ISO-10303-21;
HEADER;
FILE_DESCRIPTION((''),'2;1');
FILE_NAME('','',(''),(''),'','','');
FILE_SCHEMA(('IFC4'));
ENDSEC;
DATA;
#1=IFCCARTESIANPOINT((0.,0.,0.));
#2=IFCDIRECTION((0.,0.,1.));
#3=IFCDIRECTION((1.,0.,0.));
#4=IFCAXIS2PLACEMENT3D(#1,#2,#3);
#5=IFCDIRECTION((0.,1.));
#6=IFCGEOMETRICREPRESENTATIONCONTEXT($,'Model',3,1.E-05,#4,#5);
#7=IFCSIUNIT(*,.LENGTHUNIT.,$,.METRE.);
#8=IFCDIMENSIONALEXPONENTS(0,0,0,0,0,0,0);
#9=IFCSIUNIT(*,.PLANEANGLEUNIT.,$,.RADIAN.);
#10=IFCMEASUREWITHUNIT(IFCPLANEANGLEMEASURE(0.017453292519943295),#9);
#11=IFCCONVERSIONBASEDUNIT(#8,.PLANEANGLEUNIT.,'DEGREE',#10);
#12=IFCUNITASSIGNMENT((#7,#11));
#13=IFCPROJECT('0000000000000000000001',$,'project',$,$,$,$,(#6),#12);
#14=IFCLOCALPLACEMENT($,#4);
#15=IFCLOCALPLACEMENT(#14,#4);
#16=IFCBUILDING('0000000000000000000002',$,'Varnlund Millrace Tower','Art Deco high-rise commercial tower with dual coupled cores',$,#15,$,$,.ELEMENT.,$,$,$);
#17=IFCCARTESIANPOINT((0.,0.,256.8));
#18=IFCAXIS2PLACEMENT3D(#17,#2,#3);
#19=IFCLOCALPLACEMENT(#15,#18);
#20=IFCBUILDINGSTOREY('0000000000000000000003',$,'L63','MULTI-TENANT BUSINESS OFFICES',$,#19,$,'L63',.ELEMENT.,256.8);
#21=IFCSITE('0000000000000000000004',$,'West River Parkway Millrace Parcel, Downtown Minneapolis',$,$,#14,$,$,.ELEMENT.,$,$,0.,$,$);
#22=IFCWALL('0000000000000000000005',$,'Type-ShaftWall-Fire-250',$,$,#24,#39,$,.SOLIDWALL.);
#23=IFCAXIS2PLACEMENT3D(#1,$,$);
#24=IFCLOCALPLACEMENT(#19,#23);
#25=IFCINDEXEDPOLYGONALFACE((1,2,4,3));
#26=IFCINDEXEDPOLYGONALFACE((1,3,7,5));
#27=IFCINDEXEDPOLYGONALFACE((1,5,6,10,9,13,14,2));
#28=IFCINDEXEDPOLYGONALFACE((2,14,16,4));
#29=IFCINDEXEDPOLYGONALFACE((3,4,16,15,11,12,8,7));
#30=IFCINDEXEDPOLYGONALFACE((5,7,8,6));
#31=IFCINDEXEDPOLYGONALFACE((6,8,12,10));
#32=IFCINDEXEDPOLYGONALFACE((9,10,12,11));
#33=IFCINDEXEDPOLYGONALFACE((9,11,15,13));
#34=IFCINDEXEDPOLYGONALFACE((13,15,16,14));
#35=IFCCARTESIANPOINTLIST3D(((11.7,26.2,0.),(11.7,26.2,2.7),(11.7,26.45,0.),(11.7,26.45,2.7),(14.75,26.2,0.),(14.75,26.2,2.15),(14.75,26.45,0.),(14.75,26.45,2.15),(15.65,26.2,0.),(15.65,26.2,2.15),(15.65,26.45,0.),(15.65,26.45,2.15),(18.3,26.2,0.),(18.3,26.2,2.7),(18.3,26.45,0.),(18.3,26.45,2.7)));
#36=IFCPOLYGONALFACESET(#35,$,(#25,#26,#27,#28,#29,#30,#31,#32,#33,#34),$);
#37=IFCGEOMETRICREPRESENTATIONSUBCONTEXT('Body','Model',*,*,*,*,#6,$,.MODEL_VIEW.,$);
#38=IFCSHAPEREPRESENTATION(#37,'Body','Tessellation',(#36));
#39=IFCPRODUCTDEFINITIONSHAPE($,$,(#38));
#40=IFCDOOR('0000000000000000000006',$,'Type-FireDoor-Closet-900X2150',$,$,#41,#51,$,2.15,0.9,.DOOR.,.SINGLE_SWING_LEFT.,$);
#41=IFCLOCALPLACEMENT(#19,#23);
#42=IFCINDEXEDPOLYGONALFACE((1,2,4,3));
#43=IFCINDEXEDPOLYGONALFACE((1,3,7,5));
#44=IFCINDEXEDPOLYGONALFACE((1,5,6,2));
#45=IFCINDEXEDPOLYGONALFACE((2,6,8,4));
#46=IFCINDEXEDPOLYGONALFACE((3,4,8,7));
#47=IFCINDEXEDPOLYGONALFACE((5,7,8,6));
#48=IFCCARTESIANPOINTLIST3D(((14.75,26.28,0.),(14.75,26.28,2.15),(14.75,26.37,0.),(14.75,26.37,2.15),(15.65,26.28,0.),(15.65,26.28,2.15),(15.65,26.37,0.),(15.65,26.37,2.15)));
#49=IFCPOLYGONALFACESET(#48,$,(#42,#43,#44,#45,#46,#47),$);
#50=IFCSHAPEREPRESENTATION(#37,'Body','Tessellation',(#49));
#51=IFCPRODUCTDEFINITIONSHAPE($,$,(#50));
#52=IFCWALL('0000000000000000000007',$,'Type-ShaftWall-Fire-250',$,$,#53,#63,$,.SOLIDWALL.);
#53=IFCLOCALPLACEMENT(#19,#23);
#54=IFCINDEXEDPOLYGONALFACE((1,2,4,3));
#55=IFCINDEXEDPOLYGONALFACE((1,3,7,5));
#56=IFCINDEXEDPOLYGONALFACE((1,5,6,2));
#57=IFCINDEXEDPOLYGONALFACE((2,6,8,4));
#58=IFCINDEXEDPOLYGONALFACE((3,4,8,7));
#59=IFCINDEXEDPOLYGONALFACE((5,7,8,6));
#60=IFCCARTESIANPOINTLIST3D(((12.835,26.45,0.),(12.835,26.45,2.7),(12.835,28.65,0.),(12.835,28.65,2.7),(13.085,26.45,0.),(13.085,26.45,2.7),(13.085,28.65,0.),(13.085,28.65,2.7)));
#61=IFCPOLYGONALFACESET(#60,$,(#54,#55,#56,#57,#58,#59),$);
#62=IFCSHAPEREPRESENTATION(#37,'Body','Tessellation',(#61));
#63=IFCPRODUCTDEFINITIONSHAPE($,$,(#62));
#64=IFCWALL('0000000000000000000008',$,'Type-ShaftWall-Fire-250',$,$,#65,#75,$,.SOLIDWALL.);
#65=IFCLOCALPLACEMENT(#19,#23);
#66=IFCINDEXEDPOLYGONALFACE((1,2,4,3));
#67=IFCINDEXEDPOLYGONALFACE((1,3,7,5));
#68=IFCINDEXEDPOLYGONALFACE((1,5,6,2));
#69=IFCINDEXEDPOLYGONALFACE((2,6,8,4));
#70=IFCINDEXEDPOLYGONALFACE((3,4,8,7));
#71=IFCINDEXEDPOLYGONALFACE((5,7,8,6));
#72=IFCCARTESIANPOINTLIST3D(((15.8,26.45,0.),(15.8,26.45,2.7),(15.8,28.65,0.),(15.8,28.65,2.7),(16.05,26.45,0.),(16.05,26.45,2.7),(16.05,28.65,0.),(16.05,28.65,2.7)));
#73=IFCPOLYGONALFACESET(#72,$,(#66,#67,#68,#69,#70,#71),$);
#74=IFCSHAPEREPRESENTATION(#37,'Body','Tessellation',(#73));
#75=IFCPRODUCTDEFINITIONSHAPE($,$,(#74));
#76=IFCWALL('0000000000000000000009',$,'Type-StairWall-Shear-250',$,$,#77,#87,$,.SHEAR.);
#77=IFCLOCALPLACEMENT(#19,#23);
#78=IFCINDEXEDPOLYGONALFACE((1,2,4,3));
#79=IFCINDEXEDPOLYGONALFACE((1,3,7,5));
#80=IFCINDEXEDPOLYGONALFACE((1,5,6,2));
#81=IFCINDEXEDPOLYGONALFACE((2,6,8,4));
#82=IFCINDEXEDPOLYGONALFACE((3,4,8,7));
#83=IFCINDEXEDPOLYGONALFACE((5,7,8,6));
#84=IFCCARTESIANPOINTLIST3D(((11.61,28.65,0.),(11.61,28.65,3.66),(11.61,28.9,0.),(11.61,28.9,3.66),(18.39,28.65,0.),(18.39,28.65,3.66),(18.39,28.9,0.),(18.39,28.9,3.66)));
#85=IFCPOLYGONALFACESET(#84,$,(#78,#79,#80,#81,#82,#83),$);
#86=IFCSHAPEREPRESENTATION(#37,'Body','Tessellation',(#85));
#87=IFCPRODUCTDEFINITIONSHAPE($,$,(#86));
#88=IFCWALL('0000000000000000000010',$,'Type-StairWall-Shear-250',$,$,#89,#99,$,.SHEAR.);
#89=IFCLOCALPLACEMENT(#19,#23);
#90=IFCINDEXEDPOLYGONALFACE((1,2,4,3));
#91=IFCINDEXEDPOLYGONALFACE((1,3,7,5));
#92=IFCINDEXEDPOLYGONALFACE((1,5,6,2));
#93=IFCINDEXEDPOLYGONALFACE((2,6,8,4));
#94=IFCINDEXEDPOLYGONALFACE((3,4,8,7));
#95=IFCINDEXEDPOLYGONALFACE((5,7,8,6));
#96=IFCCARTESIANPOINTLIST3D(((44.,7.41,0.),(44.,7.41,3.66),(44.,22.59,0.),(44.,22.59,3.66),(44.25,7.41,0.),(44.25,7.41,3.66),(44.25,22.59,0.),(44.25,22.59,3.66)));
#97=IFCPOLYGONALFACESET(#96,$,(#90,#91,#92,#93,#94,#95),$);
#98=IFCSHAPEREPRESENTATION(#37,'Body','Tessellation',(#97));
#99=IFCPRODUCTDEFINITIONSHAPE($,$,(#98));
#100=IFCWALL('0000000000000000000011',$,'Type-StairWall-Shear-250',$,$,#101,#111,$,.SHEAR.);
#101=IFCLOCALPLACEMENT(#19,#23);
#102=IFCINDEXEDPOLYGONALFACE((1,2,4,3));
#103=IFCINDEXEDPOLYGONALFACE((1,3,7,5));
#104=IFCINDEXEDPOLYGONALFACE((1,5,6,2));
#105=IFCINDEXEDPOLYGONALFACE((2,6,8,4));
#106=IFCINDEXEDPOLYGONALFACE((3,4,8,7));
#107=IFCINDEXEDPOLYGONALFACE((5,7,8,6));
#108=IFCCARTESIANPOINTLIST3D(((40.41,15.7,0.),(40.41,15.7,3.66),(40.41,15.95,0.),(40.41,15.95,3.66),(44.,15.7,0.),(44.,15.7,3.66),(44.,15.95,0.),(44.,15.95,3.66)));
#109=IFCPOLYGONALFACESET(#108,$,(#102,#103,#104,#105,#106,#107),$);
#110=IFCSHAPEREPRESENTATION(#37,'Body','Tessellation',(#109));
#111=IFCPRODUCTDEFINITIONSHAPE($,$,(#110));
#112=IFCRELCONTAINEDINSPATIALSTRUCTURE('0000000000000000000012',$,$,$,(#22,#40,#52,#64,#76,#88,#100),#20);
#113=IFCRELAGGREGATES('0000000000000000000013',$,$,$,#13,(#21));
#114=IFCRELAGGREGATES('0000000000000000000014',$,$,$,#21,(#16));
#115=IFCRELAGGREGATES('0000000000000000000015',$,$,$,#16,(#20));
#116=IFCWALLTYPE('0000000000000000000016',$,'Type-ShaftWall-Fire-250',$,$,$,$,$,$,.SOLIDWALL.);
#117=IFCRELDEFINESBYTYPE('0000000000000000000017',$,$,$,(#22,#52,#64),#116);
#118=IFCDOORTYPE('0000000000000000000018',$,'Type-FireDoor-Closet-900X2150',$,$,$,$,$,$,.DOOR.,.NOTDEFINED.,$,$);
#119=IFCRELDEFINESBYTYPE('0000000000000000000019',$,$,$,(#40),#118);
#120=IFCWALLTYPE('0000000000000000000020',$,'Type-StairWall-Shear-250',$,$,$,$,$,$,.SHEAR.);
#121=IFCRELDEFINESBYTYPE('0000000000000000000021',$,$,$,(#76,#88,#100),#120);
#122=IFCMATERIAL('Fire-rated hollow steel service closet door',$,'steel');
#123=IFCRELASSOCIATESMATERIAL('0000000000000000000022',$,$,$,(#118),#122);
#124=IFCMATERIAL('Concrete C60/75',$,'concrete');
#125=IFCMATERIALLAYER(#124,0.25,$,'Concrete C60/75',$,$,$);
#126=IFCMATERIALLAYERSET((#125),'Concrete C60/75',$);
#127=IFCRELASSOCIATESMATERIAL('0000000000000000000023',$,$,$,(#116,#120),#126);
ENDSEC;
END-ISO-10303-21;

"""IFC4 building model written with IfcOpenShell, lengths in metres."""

from ifc_helpers import new_model, entity, si_unit, converted_unit, direction, frame, origin_with_axes, origin_2d_with_axis, place, context, subcontext, project, spatial, polyline, rectangle, outline, extrude, material, layer, layer_set, type_object, element, fill, save


model = new_model("IFC4")

# Units and contexts
model_context = context("Model", 3, precision=1e-05, world=origin_with_axes(), true_north=direction((0.0, 1.0)))
body_context = subcontext(model_context, "Body", "Model", "MODEL_VIEW")
ifc_project = project(units=[si_unit("LENGTHUNIT", "METRE"), converted_unit("PLANEANGLEUNIT", "DEGREE", entity("IfcPlaneAngleMeasure", 0.017453292519943295), si_unit("PLANEANGLEUNIT", "RADIAN"), dimensions=[0, 0, 0, 0, 0, 0, 0])], contexts=[model_context])

# Site, building, storey
site_placement = place(None, origin_with_axes())
site = spatial("IfcSite", under=ifc_project, at=site_placement, Name="West River Parkway Millrace Parcel, Downtown Minneapolis", CompositionType="ELEMENT", RefElevation=0.0)
building_placement = place(site_placement, origin_with_axes())
building = spatial("IfcBuilding", under=site, at=building_placement, Name="Varnlund Millrace Tower", Description="Art Deco high-rise commercial tower with dual coupled cores", CompositionType="ELEMENT")
storey_placement = place(building_placement, frame((0.0, 0.0, 256.8), z_axis=(0.0, 0.0, 1.0), x_axis=(1.0, 0.0, 0.0)))
storey = spatial("IfcBuildingStorey", under=building, at=storey_placement, Name="L63", Description="MULTI-TENANT BUSINESS OFFICES", LongName="L63", CompositionType="ELEMENT", Elevation=256.8)

# Shared definitions
ifc_material_1 = material(Name="Concrete C60/75", Category="concrete")
ifc_material_2 = material(Name="Fire-rated hollow steel service closet door", Category="steel")
door_type_1 = type_object("IfcDoorType", Name="Type-FireDoor-Closet-900X2150", OperationType="NOTDEFINED", PredefinedType="DOOR", material=ifc_material_2)

# Shared definitions
ifc_layer_1 = layer(ifc_material_1, 0.25, Name="Concrete C60/75")
ifc_layer_set_1 = layer_set([ifc_layer_1], Name="Concrete C60/75")
wall_type_1 = type_object("IfcWallType", Name="Type-ShaftWall-Fire-250", PredefinedType="SOLIDWALL", material=ifc_layer_set_1)

# Wall, opening, door
wall_1_placement = place(storey_placement, frame((11.7, 26.325, 0.0), z_axis=(0.0, 0.0, 1.0), x_axis=(1.0, 0.0, 0.0)))
wall_1 = element("IfcWall", 1, at=wall_1_placement, inside=storey, type_object=wall_type_1, Name="Type-ShaftWall-Fire-250", PredefinedType="SOLIDWALL", context=body_context, shape_type="SweptSolid", body=[
    extrude(outline(polyline([(0.0, -0.125), (6.6, -0.125), (6.6, 0.125), (0.0, 0.125), (0.0, -0.125)])), origin_with_axes(), (0.0, 0.0, 1.0), 2.7),
])
opening_1_placement = place(wall_1_placement, frame((3.5, 0.0, 0.0), z_axis=(0.0, 0.0, 1.0), x_axis=(1.0, 0.0, 0.0)))
opening_1 = element("IfcOpeningElement", 2, at=opening_1_placement, cuts=wall_1, PredefinedType="OPENING", context=body_context, shape_type="SweptSolid", body=[
    extrude(rectangle(XDim=0.9, YDim=0.27, at=origin_2d_with_axis()), origin_with_axes(), (0.0, 0.0, 1.0), 2.15),
])
door_1_placement = place(wall_1_placement, frame((3.5, 0.0, 0.0), z_axis=(0.0, 0.0, 1.0), x_axis=(1.0, 0.0, 0.0)))
door_1 = element("IfcDoor", 3, at=door_1_placement, inside=storey, type_object=door_type_1, Name="Type-FireDoor-Closet-900X2150", OperationType="SINGLE_SWING_LEFT", OverallHeight=2.15, OverallWidth=0.9, PredefinedType="DOOR", context=body_context, shape_type="SweptSolid", body=[
    extrude(rectangle(XDim=0.9, YDim=0.09, at=origin_2d_with_axis()), origin_with_axes(), (0.0, 0.0, 1.0), 2.15),
])
fill(opening_1, door_1)

# Walls
for number, where, z_axis, x_axis, name in (
    (4, (12.96, 26.45, 0.0), (0.0, 0.0, 1.0), (0.0, 1.0, 0.0), "Type-ShaftWall-Fire-250"),
    (5, (15.925, 26.45, 0.0), (0.0, 0.0, 1.0), (0.0, 1.0, 0.0), "Type-ShaftWall-Fire-250"),
):
    element("IfcWall", number, at=place(storey_placement, frame(where, z_axis=z_axis, x_axis=x_axis)), inside=storey, type_object=wall_type_1, Name=name, PredefinedType="SOLIDWALL", context=body_context, shape_type="SweptSolid", body=[
        extrude(outline(polyline([(0.0, -0.125), (2.2, -0.125), (2.2, 0.125), (0.0, 0.125), (0.0, -0.125)])), origin_with_axes(), (0.0, 0.0, 1.0), 2.7),
    ])
wall_type_2 = type_object("IfcWallType", Name="Type-StairWall-Shear-250", PredefinedType="SHEAR", material=ifc_layer_set_1)
wall_2_placement = place(storey_placement, frame((11.61, 28.775, 0.0), z_axis=(0.0, 0.0, 1.0), x_axis=(1.0, 0.0, 0.0)))
element("IfcWall", 6, at=wall_2_placement, inside=storey, type_object=wall_type_2, Name="Type-StairWall-Shear-250", PredefinedType="SHEAR", context=body_context, shape_type="SweptSolid", body=[
    extrude(outline(polyline([(0.0, -0.125), (6.78, -0.125), (6.78, 0.125), (0.0, 0.125), (0.0, -0.125)])), origin_with_axes(), (0.0, 0.0, 1.0), 3.66),
])
wall_3_placement = place(storey_placement, frame((44.125, 7.41, 0.0), z_axis=(0.0, 0.0, 1.0), x_axis=(0.0, 1.0, 0.0)))
element("IfcWall", 7, at=wall_3_placement, inside=storey, type_object=wall_type_2, Name="Type-StairWall-Shear-250", PredefinedType="SHEAR", context=body_context, shape_type="SweptSolid", body=[
    extrude(outline(polyline([(0.0, -0.125), (15.18, -0.125), (15.18, 0.125), (0.0, 0.125), (0.0, -0.125)])), origin_with_axes(), (0.0, 0.0, 1.0), 3.66),
])
wall_4_placement = place(storey_placement, frame((40.41, 15.825, 0.0), z_axis=(0.0, 0.0, 1.0), x_axis=(1.0, 0.0, 0.0)))
element("IfcWall", 8, at=wall_4_placement, inside=storey, type_object=wall_type_2, Name="Type-StairWall-Shear-250", PredefinedType="SHEAR", context=body_context, shape_type="SweptSolid", body=[
    extrude(outline(polyline([(0.0, -0.125), (3.59, -0.125), (3.59, 0.125), (0.0, 0.125), (0.0, -0.125)])), origin_with_axes(), (0.0, 0.0, 1.0), 3.66),
])

save(model, "model.ifc")
